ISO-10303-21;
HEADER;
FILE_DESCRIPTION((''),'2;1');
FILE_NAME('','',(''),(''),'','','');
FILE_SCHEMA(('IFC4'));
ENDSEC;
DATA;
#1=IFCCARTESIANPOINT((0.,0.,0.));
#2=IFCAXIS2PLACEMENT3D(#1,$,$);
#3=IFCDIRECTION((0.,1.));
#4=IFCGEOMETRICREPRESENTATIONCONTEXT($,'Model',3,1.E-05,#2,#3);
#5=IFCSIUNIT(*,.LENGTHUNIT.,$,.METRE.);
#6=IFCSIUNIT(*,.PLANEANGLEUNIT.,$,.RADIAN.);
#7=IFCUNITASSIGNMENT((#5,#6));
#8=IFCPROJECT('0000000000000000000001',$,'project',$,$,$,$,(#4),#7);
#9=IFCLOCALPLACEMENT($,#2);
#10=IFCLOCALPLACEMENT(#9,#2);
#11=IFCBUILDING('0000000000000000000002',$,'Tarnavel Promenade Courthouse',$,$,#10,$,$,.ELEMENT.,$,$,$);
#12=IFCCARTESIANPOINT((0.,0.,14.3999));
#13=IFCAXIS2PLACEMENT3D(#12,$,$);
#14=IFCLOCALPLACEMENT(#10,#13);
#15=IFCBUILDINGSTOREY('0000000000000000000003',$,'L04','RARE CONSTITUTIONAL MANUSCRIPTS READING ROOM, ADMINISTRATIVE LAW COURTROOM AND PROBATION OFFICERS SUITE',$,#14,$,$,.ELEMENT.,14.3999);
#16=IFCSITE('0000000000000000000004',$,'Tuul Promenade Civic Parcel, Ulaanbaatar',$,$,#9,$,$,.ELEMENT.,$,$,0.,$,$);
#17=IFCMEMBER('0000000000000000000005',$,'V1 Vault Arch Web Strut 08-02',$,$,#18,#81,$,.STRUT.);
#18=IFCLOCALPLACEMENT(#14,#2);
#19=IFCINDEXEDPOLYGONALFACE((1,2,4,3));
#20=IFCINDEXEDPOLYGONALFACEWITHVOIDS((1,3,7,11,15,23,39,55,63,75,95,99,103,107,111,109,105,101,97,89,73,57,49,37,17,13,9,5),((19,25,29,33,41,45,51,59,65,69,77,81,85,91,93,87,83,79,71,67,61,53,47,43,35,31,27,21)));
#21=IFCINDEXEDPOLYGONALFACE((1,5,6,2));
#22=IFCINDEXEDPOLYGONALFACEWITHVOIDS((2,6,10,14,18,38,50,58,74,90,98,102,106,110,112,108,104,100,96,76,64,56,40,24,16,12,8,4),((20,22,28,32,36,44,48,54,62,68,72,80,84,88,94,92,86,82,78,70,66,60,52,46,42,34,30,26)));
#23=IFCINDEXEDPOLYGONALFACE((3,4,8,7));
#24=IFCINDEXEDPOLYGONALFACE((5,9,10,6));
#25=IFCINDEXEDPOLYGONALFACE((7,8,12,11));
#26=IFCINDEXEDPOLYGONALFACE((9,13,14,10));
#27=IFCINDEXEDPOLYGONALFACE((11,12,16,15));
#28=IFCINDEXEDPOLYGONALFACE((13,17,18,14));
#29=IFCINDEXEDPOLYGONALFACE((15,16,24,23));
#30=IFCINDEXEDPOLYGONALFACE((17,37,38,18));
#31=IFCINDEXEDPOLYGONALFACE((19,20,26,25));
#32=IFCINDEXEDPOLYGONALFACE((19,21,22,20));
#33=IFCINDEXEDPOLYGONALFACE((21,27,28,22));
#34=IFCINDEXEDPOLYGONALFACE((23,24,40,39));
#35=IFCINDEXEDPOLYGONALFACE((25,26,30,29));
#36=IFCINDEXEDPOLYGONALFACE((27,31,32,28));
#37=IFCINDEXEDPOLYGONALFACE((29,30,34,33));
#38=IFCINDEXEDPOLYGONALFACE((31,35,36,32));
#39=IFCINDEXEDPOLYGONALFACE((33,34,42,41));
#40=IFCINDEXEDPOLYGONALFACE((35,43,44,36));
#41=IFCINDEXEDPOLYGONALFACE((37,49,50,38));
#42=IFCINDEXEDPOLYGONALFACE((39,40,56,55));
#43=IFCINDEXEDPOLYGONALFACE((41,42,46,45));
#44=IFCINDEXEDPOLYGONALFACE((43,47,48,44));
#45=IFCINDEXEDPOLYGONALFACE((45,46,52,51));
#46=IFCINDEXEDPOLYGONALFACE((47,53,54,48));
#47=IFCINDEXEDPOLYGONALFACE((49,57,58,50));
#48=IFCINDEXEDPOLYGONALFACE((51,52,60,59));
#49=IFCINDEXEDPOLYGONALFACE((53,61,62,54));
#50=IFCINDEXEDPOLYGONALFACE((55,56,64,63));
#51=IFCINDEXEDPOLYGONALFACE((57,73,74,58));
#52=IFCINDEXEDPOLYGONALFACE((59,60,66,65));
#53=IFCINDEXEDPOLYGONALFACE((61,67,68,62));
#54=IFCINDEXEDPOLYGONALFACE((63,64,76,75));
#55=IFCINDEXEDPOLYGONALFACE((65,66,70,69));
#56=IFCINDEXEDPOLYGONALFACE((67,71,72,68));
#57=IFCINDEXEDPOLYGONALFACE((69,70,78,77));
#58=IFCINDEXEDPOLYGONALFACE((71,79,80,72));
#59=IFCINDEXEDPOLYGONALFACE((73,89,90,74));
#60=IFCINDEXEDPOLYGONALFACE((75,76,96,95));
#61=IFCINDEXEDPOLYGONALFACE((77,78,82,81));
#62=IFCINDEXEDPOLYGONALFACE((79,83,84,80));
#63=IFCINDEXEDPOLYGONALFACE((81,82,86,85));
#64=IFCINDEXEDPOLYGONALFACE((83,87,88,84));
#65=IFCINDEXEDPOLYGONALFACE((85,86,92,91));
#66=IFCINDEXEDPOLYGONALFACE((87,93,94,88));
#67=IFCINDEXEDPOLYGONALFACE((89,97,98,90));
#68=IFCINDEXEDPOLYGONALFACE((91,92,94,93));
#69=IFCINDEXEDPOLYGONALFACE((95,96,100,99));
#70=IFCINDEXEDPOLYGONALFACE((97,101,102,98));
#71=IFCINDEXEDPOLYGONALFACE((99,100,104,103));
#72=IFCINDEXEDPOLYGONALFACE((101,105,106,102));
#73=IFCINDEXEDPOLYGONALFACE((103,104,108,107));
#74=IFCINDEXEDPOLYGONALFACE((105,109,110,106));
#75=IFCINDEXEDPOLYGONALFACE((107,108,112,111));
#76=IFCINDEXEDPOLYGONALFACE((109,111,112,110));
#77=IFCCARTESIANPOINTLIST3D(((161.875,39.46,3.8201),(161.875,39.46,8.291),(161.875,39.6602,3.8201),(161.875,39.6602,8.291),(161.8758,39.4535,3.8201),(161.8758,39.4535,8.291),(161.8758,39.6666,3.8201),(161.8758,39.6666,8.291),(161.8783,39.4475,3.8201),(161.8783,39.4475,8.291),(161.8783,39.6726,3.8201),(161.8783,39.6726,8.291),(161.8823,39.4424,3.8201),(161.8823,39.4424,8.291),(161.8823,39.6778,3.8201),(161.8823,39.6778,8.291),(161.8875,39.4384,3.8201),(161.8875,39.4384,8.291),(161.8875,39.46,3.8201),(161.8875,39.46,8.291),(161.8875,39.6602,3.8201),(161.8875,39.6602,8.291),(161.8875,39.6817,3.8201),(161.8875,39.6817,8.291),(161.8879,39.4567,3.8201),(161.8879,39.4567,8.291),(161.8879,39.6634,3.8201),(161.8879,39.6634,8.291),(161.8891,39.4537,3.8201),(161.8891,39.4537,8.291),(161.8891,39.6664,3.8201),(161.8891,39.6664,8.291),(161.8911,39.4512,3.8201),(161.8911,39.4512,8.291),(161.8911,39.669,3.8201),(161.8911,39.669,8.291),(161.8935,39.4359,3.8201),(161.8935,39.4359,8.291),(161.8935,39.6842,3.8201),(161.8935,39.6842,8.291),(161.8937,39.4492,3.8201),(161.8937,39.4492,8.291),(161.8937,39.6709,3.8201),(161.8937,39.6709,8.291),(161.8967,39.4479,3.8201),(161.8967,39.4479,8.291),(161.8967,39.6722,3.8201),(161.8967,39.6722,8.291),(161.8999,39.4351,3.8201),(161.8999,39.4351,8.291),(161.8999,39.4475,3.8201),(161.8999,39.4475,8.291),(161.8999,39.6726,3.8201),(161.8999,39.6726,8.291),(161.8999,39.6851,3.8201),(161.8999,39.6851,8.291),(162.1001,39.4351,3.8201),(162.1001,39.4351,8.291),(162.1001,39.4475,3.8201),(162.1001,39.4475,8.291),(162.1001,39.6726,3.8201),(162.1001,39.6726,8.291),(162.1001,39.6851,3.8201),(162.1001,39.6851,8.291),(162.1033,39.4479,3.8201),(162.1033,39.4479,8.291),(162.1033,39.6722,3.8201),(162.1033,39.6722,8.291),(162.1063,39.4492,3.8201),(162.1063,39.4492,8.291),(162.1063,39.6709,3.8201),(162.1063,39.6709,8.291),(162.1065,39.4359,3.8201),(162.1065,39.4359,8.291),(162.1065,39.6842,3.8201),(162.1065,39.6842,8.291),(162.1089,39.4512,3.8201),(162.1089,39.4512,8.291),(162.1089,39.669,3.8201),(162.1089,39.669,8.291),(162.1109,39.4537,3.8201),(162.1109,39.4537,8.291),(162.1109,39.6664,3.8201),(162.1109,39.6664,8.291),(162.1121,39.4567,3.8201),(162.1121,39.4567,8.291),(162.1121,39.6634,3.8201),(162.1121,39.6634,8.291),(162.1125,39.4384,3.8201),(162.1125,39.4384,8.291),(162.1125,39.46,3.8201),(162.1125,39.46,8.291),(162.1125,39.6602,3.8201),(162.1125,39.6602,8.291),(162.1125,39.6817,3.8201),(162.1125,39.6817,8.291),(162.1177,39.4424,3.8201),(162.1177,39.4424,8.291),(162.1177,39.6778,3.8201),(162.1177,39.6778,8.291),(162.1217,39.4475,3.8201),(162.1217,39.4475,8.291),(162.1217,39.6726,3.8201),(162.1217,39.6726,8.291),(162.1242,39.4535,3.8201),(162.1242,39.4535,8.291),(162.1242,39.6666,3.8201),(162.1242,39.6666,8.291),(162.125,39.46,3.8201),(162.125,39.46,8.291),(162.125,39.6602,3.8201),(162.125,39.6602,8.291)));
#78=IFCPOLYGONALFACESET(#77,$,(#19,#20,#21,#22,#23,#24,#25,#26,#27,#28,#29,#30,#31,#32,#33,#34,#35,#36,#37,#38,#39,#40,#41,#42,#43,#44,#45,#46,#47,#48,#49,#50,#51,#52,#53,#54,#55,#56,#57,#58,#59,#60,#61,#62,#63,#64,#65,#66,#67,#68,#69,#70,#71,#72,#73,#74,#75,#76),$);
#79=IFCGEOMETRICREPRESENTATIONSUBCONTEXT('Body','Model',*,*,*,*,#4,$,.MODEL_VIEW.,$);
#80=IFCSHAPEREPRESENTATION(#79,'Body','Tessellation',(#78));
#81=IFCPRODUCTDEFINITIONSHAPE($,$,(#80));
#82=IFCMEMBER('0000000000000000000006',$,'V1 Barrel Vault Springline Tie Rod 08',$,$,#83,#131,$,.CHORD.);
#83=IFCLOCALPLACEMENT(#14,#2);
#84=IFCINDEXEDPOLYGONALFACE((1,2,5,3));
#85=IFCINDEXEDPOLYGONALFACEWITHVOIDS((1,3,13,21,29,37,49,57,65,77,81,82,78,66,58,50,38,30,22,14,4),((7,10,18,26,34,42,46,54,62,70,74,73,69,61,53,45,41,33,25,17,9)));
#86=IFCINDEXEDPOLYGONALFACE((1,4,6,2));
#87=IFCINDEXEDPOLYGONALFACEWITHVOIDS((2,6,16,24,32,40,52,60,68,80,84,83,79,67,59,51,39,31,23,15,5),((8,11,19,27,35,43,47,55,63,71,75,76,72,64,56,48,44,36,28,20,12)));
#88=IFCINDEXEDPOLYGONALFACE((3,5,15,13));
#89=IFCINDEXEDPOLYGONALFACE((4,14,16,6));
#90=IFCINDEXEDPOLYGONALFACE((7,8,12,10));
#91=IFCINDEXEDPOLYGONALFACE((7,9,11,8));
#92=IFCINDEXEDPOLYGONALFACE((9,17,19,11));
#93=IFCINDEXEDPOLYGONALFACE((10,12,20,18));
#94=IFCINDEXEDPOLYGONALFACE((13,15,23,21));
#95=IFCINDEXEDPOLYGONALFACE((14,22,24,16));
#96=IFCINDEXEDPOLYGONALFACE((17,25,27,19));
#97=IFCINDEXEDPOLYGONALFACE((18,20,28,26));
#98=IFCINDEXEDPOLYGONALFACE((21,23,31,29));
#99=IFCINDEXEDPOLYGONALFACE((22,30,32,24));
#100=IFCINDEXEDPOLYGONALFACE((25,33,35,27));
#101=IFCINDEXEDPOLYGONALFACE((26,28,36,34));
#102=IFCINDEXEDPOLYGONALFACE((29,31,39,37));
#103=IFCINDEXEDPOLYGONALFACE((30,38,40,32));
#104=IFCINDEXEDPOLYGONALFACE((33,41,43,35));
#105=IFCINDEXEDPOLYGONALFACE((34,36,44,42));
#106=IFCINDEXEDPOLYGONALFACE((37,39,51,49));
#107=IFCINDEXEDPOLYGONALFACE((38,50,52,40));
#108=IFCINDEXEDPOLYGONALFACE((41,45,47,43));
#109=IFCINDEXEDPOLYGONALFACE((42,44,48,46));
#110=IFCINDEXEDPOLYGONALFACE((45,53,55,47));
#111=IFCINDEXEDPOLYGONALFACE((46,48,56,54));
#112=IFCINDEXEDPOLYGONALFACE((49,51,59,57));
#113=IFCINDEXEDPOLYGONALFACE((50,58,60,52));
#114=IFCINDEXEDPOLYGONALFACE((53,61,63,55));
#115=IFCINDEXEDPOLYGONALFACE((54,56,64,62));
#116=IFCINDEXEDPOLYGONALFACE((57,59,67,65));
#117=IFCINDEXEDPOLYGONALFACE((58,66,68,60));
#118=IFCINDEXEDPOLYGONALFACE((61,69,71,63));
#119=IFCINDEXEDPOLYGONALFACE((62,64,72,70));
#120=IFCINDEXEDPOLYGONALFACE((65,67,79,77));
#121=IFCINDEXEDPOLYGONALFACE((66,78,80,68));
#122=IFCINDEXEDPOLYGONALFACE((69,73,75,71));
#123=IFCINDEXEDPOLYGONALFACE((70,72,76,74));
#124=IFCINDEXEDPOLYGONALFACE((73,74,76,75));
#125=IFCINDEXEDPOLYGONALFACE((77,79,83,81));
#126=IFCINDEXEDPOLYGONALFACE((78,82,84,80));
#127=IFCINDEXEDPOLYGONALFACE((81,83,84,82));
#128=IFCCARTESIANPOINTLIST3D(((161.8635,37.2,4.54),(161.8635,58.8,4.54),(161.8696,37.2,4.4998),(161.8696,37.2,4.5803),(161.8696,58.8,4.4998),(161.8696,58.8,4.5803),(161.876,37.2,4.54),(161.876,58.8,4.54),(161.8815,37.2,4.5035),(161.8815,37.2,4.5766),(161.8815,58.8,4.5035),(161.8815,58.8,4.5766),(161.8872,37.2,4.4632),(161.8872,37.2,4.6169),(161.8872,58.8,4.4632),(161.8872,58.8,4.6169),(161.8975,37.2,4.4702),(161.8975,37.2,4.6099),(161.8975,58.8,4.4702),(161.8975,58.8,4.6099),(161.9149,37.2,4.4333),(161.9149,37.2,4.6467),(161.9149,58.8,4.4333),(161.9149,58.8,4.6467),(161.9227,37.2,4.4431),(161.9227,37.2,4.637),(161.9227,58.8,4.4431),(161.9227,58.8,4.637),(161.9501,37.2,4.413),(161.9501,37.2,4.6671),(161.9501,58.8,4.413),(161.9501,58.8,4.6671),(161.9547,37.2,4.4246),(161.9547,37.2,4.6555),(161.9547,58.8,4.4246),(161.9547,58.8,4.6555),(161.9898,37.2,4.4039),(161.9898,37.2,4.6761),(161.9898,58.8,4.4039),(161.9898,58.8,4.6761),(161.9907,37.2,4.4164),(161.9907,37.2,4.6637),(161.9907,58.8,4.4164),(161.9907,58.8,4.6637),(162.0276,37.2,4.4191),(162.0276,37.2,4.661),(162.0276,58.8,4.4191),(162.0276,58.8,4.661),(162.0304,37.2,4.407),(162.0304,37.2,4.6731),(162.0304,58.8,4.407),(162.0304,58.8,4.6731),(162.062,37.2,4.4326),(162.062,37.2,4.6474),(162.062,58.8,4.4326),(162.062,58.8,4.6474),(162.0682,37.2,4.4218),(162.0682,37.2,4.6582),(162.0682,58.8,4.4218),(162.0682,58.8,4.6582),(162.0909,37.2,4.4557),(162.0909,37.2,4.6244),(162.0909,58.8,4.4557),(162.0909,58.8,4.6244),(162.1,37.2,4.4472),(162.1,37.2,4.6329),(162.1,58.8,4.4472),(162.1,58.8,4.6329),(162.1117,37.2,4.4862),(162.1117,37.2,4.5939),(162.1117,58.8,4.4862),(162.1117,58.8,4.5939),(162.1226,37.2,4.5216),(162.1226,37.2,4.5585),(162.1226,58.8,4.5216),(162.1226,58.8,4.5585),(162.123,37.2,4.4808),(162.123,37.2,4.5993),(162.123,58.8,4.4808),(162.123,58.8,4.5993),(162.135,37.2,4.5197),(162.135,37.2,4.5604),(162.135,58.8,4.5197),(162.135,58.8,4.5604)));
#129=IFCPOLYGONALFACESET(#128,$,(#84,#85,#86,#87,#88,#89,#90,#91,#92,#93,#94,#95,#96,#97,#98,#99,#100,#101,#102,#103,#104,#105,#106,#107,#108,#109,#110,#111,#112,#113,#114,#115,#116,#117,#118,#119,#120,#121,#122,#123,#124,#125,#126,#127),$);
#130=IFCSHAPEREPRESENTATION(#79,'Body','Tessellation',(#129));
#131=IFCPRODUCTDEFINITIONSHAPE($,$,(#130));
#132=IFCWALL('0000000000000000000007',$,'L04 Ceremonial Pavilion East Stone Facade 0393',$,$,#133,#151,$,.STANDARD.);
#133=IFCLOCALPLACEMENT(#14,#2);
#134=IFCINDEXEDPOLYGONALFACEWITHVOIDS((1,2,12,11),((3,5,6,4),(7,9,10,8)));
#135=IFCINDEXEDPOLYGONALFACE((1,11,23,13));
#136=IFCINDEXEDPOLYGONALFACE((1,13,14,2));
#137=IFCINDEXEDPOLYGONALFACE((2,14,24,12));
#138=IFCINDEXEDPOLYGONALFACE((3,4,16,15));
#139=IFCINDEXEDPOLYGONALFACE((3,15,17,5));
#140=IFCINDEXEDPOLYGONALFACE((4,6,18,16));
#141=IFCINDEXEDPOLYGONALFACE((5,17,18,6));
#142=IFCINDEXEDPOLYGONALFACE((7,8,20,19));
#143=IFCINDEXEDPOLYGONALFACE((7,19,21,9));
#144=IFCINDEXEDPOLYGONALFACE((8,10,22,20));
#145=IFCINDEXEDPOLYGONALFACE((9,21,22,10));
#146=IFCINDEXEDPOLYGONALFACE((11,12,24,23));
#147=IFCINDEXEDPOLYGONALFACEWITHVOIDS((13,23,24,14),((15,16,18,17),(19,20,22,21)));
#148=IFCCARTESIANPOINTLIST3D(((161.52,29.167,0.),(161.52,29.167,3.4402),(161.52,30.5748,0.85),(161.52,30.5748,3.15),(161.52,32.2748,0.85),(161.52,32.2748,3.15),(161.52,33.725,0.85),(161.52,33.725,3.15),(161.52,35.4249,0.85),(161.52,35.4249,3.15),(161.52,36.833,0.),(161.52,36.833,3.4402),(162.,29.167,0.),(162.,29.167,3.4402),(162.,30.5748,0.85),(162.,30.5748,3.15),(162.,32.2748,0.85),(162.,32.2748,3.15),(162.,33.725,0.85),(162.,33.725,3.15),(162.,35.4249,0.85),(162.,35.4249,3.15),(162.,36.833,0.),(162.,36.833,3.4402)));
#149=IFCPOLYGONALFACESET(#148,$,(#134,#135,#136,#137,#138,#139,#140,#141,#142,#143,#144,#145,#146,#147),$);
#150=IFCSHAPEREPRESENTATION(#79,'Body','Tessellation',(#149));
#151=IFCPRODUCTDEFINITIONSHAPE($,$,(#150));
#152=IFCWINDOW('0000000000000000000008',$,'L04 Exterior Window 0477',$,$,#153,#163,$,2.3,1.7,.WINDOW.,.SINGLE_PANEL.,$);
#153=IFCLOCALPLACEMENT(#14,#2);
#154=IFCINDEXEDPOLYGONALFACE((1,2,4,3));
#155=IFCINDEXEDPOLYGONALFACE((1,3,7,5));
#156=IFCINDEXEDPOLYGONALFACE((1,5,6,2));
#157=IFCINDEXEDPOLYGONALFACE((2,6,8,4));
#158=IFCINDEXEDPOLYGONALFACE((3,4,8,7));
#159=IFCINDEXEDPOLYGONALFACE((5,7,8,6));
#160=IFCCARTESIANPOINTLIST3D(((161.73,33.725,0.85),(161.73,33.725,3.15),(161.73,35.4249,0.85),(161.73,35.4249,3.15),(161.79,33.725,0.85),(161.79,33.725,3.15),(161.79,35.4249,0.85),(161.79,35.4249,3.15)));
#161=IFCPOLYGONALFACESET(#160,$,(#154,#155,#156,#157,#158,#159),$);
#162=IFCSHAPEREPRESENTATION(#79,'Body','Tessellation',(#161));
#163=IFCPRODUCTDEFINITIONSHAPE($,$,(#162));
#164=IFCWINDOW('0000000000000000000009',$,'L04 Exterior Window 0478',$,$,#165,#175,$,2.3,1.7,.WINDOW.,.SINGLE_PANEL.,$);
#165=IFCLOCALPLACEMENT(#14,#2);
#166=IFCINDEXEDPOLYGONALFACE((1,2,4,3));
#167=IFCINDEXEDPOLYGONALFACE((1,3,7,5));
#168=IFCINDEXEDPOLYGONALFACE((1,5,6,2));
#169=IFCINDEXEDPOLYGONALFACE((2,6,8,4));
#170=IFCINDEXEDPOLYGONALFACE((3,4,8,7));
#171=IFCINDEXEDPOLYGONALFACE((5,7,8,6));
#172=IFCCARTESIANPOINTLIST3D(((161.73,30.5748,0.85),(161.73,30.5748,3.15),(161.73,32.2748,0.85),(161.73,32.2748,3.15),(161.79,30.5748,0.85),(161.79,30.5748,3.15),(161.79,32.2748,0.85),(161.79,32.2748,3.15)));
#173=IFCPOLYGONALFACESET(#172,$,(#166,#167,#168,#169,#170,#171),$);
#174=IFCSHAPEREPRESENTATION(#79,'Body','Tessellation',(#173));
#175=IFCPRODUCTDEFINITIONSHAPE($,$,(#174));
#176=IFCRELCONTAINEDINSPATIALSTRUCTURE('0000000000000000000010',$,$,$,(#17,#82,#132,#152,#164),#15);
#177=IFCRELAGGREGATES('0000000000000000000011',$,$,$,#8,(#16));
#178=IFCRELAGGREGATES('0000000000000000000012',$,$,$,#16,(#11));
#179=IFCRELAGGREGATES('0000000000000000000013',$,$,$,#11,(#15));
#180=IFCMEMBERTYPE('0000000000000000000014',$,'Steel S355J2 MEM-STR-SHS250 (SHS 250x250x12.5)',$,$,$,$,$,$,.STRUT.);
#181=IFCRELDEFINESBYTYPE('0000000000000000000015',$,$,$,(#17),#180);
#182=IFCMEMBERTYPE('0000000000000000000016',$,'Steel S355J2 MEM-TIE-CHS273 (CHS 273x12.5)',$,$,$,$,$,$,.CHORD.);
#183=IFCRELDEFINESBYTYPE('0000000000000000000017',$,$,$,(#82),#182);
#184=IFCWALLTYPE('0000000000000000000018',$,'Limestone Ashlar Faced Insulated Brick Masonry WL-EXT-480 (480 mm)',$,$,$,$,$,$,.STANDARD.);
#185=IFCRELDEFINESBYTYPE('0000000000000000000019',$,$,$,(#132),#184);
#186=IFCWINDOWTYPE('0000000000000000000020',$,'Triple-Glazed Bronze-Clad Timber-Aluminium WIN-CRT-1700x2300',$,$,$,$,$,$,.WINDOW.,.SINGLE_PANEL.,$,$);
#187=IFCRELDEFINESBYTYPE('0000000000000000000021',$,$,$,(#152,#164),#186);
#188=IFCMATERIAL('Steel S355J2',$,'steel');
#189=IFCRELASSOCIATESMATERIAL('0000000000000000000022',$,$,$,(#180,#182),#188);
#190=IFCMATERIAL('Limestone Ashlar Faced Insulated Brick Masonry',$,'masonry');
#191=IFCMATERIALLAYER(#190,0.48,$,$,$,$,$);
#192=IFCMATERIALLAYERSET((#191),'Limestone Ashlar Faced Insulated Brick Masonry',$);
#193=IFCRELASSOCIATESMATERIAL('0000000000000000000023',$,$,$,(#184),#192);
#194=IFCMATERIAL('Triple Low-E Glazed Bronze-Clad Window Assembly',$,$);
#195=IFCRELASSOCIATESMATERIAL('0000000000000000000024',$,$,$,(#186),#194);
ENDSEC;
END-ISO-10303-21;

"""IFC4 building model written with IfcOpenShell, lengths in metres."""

from ifc_helpers import new_model, si_unit, direction, frame, frame_2d, origin, origin_2d, place, context, subcontext, project, spatial, rectangle, hollow_rectangle, hollow_circle, extrude, material, layer, layer_set, material_profile, profile_set, type_object, element, fill, save


model = new_model("IFC4")

# Units and contexts
model_context = context("Model", 3, precision=1e-05, world=origin(), true_north=direction((0.0, 1.0)))
body_context = subcontext(model_context, "Body", "Model", "MODEL_VIEW")
ifc_project = project(units=[si_unit("LENGTHUNIT", "METRE"), si_unit("PLANEANGLEUNIT", "RADIAN")], contexts=[model_context])

# Site, building, storey
site_placement = place(None, origin())
site = spatial("IfcSite", under=ifc_project, at=site_placement, Name="Tuul Promenade Civic Parcel, Ulaanbaatar", CompositionType="ELEMENT", RefElevation=0.0)
building_placement = place(site_placement, origin())
building = spatial("IfcBuilding", under=site, at=building_placement, Name="Tarnavel Promenade Courthouse", CompositionType="ELEMENT")
storey_placement = place(building_placement, frame((0.0, 0.0, 14.3999)))
storey = spatial("IfcBuildingStorey", under=building, at=storey_placement, Name="L04", Description="RARE CONSTITUTIONAL MANUSCRIPTS READING ROOM, ADMINISTRATIVE LAW COURTROOM AND PROBATION OFFICERS SUITE", CompositionType="ELEMENT", Elevation=14.3999)

# Shared definitions
ifc_material_1 = material(Name="Steel S355J2", Category="steel")

# Members
ifc_material_profile_1 = material_profile(ifc_material_1, hollow_rectangle(XDim=0.25, YDim=0.25, WallThickness=0.0125, InnerFilletRadius=0.0125, OuterFilletRadius=0.0249, at=origin_2d()), Name="SHS 250x250x12.5")
ifc_profile_set_1 = profile_set([ifc_material_profile_1], Name="Steel S355J2")
member_type_1 = type_object("IfcMemberType", Name="Steel S355J2 MEM-STR-SHS250 (SHS 250x250x12.5)", PredefinedType="STRUT", material=ifc_profile_set_1)
member_1_placement = place(storey_placement, frame((162.0, 39.5601, 3.8201), z_axis=(0.0, 0.0, 1.0), x_axis=(1.0, 0.0, 0.0)))
element("IfcMember", 1, at=member_1_placement, inside=storey, type_object=member_type_1, Name="V1 Vault Arch Web Strut 08-02", PredefinedType="STRUT", context=body_context, shape_type="SweptSolid", body=[
    extrude(hollow_rectangle(XDim=0.25, YDim=0.25, WallThickness=0.0125, InnerFilletRadius=0.0125, OuterFilletRadius=0.0249, at=origin_2d()), origin(), (0.0, 0.0, 1.0), 4.4709),
])
ifc_material_profile_2 = material_profile(ifc_material_1, hollow_circle(Radius=0.1365, WallThickness=0.0125, at=origin_2d()), Name="CHS 273x12.5")
ifc_profile_set_2 = profile_set([ifc_material_profile_2], Name="Steel S355J2")
member_type_2 = type_object("IfcMemberType", Name="Steel S355J2 MEM-TIE-CHS273 (CHS 273x12.5)", PredefinedType="CHORD", material=ifc_profile_set_2)
member_2_placement = place(storey_placement, frame((162.0, 37.2, 4.54), z_axis=(0.0, 1.0, 0.0), x_axis=(-1.0, 0.0, 0.0)))
element("IfcMember", 2, at=member_2_placement, inside=storey, type_object=member_type_2, Name="V1 Barrel Vault Springline Tie Rod 08", PredefinedType="CHORD", context=body_context, shape_type="SweptSolid", body=[
    extrude(hollow_circle(Radius=0.1365, WallThickness=0.0125, at=origin_2d()), origin(), (0.0, 0.0, 1.0), 21.6001),
])

# Wall, openings, windows
ifc_material_2 = material(Name="Limestone Ashlar Faced Insulated Brick Masonry", Category="masonry")
ifc_layer = layer(ifc_material_2, 0.48)
ifc_layer_set = layer_set([ifc_layer], Name="Limestone Ashlar Faced Insulated Brick Masonry")
wall_type = type_object("IfcWallType", Name="Limestone Ashlar Faced Insulated Brick Masonry WL-EXT-480 (480 mm)", PredefinedType="STANDARD", material=ifc_layer_set)
wall_1_placement = place(storey_placement, frame((161.76, 36.833, 0.0), z_axis=(0.0, 0.0, 1.0), x_axis=(0.0, -1.0, 0.0)))
wall_1 = element("IfcWall", 3, at=wall_1_placement, inside=storey, type_object=wall_type, Name="L04 Ceremonial Pavilion East Stone Facade 0393", PredefinedType="STANDARD", context=body_context, shape_type="SweptSolid", body=[
    extrude(rectangle(XDim=7.666, YDim=0.48, at=frame_2d((3.833, 0.0))), origin(), (0.0, 0.0, 1.0), 3.4402),
])
opening_1_placement = place(wall_1_placement, frame((1.408, 0.0, 0.8501)))
opening_1 = element("IfcOpeningElement", 4, at=opening_1_placement, cuts=wall_1, PredefinedType="OPENING", context=body_context, shape_type="SweptSolid", body=[
    extrude(rectangle(XDim=1.7, YDim=2.3, at=frame_2d((0.8501, 1.1499))), frame((0.0, 0.25, 0.0), z_axis=(0.0, -1.0, 0.0), x_axis=(1.0, 0.0, 0.0)), (0.0, 0.0, 1.0), 0.5),
])
opening_2_placement = place(wall_1_placement, frame((4.5581, 0.0, 0.8501)))
opening_2 = element("IfcOpeningElement", 5, at=opening_2_placement, cuts=wall_1, PredefinedType="OPENING", context=body_context, shape_type="SweptSolid", body=[
    extrude(rectangle(XDim=1.7, YDim=2.3, at=frame_2d((0.8501, 1.1499))), frame((0.0, 0.25, 0.0), z_axis=(0.0, -1.0, 0.0), x_axis=(1.0, 0.0, 0.0)), (0.0, 0.0, 1.0), 0.5),
])
ifc_material_3 = material(Name="Triple Low-E Glazed Bronze-Clad Window Assembly")
window_type = type_object("IfcWindowType", Name="Triple-Glazed Bronze-Clad Timber-Aluminium WIN-CRT-1700x2300", PartitioningType="SINGLE_PANEL", PredefinedType="WINDOW", material=ifc_material_3)
window_1_placement = place(opening_1_placement, origin())
window_1 = element("IfcWindow", 6, at=window_1_placement, inside=storey, type_object=window_type, Name="L04 Exterior Window 0477", OverallHeight=2.3, OverallWidth=1.7, PartitioningType="SINGLE_PANEL", PredefinedType="WINDOW", context=body_context, shape_type="SweptSolid", body=[
    extrude(rectangle(XDim=1.7, YDim=2.3, at=frame_2d((0.8501, 1.1499))), frame((0.0, 0.03, 0.0), z_axis=(0.0, -1.0, 0.0), x_axis=(1.0, 0.0, 0.0)), (0.0, 0.0, 1.0), 0.0601),
])
fill(opening_1, window_1)
window_2_placement = place(opening_2_placement, origin())
window_2 = element("IfcWindow", 7, at=window_2_placement, inside=storey, type_object=window_type, Name="L04 Exterior Window 0478", OverallHeight=2.3, OverallWidth=1.7, PartitioningType="SINGLE_PANEL", PredefinedType="WINDOW", context=body_context, shape_type="SweptSolid", body=[
    extrude(rectangle(XDim=1.7, YDim=2.3, at=frame_2d((0.8501, 1.1499))), frame((0.0, 0.03, 0.0), z_axis=(0.0, -1.0, 0.0), x_axis=(1.0, 0.0, 0.0)), (0.0, 0.0, 1.0), 0.0601),
])
fill(opening_2, window_2)

save(model, "model.ifc")
